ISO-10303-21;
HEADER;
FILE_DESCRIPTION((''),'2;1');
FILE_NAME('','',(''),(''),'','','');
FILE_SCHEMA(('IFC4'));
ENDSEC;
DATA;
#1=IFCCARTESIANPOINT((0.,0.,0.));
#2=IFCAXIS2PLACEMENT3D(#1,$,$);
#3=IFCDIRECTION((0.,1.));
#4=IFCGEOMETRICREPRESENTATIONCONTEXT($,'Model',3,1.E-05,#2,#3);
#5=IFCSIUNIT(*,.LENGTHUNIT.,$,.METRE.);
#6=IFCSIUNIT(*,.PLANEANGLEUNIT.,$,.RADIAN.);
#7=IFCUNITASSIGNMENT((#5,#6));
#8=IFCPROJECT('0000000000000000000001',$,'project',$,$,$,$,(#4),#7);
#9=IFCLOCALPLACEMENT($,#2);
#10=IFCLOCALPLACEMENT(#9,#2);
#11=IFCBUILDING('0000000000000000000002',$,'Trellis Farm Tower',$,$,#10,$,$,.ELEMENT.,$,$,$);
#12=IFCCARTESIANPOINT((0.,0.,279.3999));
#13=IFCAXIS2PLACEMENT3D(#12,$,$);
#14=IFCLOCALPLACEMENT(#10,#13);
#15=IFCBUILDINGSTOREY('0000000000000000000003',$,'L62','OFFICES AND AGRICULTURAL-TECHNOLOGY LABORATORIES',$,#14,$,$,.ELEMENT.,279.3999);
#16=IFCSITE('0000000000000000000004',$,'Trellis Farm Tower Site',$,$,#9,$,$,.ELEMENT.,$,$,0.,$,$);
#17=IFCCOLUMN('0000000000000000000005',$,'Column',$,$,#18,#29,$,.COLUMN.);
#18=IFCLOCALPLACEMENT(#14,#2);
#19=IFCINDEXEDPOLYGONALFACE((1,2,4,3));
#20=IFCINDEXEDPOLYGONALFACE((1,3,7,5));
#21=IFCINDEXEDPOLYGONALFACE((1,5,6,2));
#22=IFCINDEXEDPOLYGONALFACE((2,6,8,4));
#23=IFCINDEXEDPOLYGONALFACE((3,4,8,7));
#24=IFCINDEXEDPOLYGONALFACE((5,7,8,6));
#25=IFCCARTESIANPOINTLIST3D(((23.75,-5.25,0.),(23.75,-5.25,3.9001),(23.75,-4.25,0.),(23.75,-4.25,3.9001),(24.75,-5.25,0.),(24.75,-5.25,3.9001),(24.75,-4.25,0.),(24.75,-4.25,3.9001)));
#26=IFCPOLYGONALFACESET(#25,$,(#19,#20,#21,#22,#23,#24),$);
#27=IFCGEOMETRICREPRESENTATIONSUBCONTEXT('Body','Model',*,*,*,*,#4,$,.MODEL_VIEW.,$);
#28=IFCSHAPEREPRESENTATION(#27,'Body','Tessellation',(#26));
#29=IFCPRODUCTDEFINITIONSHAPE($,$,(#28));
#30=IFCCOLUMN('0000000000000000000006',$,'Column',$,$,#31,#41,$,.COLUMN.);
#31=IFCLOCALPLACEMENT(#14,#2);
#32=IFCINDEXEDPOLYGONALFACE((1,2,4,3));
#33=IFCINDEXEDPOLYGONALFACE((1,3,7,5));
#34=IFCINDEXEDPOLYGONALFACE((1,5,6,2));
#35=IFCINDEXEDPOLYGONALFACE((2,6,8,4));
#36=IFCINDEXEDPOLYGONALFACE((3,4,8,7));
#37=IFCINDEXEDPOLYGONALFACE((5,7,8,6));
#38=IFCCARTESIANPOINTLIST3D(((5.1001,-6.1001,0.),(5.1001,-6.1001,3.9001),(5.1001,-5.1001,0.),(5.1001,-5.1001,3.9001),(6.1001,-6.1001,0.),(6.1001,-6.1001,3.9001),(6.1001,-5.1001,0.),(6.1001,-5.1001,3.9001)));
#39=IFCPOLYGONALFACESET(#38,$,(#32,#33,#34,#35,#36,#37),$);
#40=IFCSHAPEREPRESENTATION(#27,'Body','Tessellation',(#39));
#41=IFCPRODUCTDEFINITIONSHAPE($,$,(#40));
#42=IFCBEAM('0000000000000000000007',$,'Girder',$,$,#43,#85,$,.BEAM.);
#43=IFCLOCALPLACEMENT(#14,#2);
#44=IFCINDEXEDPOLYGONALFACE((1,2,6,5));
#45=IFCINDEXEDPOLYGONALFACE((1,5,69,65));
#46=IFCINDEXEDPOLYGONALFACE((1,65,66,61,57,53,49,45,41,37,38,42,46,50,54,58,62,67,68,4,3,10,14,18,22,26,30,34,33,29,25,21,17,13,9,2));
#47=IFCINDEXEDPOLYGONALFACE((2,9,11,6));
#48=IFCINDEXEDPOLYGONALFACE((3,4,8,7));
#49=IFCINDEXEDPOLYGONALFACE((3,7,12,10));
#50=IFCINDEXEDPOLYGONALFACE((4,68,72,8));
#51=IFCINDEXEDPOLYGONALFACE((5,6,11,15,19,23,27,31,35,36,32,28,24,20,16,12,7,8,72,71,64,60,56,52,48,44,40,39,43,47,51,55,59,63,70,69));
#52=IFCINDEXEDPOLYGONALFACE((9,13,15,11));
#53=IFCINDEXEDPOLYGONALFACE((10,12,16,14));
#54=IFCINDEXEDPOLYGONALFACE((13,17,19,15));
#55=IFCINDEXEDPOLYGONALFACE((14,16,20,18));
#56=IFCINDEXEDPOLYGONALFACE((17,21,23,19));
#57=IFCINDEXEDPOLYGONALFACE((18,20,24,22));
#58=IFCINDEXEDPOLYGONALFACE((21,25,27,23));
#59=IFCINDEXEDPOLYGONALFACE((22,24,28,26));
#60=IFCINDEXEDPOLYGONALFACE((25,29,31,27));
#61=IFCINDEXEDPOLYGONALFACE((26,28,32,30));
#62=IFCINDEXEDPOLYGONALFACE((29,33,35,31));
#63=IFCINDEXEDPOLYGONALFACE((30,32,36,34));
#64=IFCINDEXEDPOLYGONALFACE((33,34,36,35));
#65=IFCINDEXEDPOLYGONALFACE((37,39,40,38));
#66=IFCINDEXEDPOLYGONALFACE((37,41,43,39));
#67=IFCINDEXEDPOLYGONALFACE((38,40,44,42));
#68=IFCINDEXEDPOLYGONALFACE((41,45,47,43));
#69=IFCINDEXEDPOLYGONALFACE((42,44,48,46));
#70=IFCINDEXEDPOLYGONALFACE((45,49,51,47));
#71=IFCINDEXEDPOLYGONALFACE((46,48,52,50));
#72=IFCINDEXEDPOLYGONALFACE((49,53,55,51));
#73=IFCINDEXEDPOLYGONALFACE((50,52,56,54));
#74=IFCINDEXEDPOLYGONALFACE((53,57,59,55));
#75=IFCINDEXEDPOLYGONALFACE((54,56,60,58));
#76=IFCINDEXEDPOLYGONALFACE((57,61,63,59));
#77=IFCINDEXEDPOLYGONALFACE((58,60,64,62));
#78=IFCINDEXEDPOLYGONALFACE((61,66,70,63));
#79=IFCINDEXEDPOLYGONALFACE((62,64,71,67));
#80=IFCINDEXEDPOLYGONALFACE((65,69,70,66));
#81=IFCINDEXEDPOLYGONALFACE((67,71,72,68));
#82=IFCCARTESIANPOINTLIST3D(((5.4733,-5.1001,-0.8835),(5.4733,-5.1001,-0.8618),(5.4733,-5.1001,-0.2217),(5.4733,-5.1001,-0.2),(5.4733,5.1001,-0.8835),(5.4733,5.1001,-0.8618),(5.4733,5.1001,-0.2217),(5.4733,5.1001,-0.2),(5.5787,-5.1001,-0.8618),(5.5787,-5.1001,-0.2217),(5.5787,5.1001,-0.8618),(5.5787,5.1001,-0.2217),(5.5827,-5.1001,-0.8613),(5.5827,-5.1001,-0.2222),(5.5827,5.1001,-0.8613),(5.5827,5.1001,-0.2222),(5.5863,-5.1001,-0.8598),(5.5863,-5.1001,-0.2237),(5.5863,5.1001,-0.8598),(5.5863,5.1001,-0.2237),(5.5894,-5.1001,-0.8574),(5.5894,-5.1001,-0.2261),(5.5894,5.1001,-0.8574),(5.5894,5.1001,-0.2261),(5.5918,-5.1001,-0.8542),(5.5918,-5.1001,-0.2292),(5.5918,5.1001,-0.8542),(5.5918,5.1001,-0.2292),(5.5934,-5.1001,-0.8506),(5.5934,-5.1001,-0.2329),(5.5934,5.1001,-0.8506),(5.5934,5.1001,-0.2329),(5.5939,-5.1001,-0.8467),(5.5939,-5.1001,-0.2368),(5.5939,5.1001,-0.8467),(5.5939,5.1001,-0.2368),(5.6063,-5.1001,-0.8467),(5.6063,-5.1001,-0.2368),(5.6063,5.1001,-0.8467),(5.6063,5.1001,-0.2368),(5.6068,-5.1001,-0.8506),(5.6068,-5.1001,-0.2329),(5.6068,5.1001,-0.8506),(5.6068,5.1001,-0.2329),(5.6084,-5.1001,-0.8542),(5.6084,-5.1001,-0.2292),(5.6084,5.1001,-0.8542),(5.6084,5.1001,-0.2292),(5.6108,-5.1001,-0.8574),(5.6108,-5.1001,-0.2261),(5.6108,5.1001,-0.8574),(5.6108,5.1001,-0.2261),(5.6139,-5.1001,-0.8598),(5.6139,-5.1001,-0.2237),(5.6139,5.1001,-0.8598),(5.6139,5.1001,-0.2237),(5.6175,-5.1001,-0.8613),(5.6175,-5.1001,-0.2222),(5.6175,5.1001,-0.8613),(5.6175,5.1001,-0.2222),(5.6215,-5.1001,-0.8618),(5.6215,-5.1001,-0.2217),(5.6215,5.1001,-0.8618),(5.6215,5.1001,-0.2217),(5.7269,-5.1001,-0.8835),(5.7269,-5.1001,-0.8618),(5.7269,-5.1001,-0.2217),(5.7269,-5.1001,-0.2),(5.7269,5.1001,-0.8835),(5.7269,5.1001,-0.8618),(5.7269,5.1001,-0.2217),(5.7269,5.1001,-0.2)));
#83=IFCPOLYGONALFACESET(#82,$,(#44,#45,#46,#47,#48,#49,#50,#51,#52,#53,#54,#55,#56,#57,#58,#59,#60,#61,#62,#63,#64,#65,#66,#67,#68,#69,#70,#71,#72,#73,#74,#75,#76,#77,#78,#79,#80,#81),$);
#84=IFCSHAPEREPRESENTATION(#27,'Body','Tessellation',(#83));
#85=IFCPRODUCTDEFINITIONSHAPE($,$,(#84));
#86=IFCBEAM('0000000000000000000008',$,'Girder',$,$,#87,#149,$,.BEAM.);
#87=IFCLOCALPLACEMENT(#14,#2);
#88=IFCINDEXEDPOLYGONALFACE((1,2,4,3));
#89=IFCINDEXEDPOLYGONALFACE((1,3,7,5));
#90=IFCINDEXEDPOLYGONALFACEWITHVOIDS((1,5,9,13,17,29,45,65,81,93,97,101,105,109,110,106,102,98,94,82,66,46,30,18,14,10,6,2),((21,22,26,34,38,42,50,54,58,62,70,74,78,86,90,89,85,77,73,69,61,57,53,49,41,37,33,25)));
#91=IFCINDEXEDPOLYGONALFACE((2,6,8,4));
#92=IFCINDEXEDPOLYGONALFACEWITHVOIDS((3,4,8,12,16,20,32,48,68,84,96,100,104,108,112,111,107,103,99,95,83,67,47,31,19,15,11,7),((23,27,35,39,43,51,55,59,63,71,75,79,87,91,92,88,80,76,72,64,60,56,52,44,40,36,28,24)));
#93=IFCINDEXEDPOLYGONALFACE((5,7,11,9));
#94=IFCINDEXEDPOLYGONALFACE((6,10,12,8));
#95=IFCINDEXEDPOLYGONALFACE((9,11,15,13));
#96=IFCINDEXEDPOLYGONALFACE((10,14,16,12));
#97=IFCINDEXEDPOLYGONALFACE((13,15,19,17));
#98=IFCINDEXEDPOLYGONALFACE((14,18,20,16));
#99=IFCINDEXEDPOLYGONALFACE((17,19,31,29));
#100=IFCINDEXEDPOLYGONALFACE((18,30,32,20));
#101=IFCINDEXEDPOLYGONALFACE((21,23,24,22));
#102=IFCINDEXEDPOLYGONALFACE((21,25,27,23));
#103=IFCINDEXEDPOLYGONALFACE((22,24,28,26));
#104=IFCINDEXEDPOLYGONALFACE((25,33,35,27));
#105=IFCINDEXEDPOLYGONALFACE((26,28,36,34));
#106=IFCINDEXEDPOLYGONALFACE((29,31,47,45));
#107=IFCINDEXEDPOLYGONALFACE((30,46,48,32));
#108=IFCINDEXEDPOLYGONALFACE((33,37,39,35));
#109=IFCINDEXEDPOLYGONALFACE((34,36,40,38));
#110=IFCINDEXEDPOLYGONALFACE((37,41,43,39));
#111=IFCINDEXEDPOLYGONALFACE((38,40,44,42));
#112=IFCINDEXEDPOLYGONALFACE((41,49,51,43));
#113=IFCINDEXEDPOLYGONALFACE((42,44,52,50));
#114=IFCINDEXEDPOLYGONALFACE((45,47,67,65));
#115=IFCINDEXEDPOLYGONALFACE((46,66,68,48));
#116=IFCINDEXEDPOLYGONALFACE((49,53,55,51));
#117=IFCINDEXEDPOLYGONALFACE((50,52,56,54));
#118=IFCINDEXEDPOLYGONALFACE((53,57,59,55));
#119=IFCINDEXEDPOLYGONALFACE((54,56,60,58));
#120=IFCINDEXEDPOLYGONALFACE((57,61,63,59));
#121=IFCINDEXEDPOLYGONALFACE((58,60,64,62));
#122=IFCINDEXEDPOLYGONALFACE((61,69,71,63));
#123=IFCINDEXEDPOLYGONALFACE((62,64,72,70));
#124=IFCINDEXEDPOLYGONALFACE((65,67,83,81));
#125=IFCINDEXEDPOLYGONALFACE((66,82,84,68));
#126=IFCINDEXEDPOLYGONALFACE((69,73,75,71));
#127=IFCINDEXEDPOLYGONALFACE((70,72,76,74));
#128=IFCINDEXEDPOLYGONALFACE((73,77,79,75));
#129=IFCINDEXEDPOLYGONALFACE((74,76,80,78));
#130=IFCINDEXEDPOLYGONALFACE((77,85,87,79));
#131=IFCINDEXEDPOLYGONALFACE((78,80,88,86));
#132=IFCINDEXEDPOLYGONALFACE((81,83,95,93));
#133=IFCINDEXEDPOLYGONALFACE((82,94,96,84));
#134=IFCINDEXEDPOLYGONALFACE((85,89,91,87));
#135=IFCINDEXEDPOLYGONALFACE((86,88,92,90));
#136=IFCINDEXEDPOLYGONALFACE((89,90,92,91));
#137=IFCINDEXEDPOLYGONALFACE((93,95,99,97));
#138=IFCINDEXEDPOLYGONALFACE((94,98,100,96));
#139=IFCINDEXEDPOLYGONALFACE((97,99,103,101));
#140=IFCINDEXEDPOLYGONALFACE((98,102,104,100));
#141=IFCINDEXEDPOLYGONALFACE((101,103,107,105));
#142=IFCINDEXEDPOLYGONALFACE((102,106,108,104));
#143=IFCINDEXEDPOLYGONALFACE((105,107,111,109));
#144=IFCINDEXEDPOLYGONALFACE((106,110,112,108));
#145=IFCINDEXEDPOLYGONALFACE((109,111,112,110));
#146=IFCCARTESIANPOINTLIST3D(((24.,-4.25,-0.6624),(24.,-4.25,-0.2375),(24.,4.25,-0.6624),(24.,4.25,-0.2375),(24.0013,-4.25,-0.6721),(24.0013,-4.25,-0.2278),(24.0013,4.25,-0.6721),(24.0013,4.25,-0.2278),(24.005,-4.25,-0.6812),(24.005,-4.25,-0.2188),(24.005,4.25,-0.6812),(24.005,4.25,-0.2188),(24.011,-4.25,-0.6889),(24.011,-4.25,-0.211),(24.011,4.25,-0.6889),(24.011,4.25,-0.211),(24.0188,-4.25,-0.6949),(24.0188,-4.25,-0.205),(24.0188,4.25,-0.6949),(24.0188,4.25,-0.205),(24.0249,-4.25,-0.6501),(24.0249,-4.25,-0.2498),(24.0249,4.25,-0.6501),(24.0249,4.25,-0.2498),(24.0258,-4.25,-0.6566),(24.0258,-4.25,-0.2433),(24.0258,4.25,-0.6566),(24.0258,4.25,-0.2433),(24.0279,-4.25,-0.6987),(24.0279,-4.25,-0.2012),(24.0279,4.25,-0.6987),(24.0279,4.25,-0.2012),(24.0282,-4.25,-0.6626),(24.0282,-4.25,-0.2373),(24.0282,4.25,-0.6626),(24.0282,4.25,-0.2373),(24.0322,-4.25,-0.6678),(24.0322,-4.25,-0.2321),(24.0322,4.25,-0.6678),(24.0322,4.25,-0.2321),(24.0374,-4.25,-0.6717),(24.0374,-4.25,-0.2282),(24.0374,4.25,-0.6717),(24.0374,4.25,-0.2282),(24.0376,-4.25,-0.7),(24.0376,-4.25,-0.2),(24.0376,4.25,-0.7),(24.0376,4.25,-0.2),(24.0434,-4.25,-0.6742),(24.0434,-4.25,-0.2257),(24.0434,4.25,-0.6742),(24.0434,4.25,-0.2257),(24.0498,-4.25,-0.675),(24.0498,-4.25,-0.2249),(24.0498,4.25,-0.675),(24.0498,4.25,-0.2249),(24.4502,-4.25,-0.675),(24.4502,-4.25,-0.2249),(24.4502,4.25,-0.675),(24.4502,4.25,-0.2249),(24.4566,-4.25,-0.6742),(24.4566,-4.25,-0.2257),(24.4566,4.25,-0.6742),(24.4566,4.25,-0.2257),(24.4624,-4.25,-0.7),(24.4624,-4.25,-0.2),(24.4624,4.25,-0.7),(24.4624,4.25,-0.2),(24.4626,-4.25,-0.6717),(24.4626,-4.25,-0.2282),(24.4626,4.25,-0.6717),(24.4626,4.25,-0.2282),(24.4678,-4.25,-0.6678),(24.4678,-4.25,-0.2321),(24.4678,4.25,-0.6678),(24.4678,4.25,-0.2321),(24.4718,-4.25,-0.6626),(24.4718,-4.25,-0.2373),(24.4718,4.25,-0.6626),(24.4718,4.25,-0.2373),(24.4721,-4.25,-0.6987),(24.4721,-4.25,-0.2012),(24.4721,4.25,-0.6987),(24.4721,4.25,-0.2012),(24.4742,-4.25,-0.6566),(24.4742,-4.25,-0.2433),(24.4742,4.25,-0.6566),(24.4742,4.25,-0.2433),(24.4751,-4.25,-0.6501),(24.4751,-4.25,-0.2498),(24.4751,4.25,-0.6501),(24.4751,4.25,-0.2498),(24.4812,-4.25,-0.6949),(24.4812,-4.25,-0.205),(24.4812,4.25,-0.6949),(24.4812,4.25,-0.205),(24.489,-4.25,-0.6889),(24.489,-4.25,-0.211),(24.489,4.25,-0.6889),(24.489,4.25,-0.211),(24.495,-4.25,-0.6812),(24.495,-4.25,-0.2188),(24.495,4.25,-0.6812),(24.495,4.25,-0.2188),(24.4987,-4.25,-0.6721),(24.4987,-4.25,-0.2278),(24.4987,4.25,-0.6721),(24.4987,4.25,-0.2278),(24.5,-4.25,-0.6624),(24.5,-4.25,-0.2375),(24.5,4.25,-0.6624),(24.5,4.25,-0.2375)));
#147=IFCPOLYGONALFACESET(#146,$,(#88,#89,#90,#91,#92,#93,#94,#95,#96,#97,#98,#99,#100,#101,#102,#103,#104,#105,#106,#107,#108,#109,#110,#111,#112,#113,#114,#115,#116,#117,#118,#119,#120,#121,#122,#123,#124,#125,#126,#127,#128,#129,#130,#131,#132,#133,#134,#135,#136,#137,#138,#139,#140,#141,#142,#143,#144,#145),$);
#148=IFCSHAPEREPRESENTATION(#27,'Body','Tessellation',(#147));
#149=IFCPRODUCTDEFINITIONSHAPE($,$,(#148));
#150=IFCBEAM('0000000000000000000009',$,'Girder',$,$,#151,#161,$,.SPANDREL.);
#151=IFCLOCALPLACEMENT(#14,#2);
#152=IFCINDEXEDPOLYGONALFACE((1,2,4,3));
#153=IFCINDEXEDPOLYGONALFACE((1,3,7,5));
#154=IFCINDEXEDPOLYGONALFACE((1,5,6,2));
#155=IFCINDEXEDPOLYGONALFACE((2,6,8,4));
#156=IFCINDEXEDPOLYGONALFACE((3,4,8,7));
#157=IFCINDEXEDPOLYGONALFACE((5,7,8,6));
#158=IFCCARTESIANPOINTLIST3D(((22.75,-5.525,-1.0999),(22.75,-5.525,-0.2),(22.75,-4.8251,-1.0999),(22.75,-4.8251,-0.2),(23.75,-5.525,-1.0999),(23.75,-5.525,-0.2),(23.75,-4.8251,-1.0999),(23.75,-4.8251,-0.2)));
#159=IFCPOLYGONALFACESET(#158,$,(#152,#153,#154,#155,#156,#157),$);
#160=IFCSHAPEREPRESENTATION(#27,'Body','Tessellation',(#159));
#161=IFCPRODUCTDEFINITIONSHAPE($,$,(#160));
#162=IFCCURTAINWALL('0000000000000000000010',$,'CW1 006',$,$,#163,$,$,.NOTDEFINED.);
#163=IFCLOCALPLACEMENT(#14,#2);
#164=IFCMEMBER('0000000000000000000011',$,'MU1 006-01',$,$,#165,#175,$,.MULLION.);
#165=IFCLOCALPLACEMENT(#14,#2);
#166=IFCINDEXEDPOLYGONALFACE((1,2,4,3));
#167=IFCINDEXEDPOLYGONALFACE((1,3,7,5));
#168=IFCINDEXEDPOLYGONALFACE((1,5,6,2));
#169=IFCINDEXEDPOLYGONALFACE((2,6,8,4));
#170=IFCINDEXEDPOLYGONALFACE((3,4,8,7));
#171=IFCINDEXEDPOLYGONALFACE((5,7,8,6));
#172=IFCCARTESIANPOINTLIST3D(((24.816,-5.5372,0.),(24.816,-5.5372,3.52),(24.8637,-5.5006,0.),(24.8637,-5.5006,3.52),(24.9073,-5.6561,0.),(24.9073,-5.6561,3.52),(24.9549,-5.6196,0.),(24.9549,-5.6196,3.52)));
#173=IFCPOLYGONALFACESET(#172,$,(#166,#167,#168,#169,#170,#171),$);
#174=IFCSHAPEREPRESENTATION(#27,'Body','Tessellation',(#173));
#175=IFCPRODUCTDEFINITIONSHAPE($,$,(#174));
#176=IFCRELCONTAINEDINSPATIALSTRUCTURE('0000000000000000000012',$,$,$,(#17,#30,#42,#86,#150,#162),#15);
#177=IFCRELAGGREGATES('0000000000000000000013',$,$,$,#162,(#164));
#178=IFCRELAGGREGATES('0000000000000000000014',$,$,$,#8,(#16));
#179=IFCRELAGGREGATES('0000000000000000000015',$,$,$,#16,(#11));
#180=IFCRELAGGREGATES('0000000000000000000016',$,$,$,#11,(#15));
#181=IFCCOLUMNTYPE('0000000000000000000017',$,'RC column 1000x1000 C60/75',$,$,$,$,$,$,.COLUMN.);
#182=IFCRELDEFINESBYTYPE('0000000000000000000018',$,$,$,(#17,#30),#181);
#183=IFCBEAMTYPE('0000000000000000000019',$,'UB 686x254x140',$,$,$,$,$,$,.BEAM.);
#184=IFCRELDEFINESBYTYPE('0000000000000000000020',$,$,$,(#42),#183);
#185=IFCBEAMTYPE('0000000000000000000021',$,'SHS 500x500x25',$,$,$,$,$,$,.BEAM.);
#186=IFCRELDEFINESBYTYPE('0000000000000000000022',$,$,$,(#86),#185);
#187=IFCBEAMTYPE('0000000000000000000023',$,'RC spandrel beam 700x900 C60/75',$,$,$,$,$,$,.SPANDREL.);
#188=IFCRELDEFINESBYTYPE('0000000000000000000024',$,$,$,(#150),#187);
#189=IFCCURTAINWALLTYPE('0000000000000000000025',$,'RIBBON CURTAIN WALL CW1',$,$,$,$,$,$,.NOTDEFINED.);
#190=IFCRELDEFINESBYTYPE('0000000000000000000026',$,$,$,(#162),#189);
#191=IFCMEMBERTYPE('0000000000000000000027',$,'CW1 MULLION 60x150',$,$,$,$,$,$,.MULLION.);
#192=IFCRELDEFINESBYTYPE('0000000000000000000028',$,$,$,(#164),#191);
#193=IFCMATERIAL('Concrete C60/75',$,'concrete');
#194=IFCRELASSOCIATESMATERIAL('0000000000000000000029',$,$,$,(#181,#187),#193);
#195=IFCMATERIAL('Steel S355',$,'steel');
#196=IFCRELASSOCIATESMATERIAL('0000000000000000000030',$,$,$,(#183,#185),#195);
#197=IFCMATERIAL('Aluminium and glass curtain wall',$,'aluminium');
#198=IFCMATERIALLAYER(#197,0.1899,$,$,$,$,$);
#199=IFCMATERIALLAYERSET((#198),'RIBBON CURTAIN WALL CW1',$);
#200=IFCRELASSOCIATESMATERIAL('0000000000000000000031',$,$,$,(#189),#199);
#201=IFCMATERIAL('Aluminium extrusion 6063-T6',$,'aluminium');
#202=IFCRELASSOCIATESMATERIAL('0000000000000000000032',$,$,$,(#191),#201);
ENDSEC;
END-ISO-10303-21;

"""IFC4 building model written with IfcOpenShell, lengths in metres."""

from ifc_helpers import new_model, si_unit, direction, frame, origin, origin_2d, place, context, subcontext, project, spatial, rectangle, hollow_rectangle, i_section, extrude, source, transform, mapped, material, layer, layer_set, material_profile, profile_set, type_object, element, aggregate, save


model = new_model("IFC4")

# Units and contexts
model_context = context("Model", 3, precision=1e-05, world=origin(), true_north=direction((0.0, 1.0)))
body_context = subcontext(model_context, "Body", "Model", "MODEL_VIEW")
ifc_project = project(units=[si_unit("LENGTHUNIT", "METRE"), si_unit("PLANEANGLEUNIT", "RADIAN")], contexts=[model_context])

# Site, building, storey
site_placement = place(None, origin())
site = spatial("IfcSite", under=ifc_project, at=site_placement, Name="Trellis Farm Tower Site", CompositionType="ELEMENT", RefElevation=0.0)
building_placement = place(site_placement, origin())
building = spatial("IfcBuilding", under=site, at=building_placement, Name="Trellis Farm Tower", CompositionType="ELEMENT")
storey_placement = place(building_placement, frame((0.0, 0.0, 279.3999)))
storey = spatial("IfcBuildingStorey", under=building, at=storey_placement, Name="L62", Description="OFFICES AND AGRICULTURAL-TECHNOLOGY LABORATORIES", CompositionType="ELEMENT", Elevation=279.3999)

# Columns
ifc_material_1 = material(Name="Concrete C60/75", Category="concrete")
ifc_material_profile_1 = material_profile(ifc_material_1, rectangle(XDim=1.0, YDim=1.0, at=origin_2d()), Name="RC column 1000x1000 C60/75")
ifc_profile_set_1 = profile_set([ifc_material_profile_1], Name="Concrete C60/75")
column_type = type_object("IfcColumnType", Name="RC column 1000x1000 C60/75", PredefinedType="COLUMN", material=ifc_profile_set_1)
shared_shape_1 = source(origin(), body_context, "Body", "SweptSolid", [
    extrude(rectangle(XDim=1.0, YDim=1.0, at=origin_2d()), origin(), (0.0, 0.0, 1.0), 3.9001),
])
for number, where, z_axis, x_axis, name in (
    (1, (24.25, -4.75, 0.0), (0.0, 0.0, 1.0), (1.0, 0.0, 0.0), "Column"),
    (2, (5.6001, -5.6001, 0.0), (0.0, 0.0, 1.0), (1.0, 0.0, 0.0), "Column"),
):
    element("IfcColumn", number, at=place(storey_placement, frame(where, z_axis=z_axis, x_axis=x_axis)), inside=storey, type_object=column_type, Name=name, PredefinedType="COLUMN", context=body_context, shape_type="MappedRepresentation", body=[
        mapped(shared_shape_1, transform((0.0, 0.0, 0.0))),
    ])

# Beams
ifc_material_2 = material(Name="Steel S355", Category="steel")
ifc_material_profile_2 = material_profile(ifc_material_2, i_section(OverallWidth=0.2537, OverallDepth=0.6836, WebThickness=0.0125, FlangeThickness=0.0217, FilletRadius=0.0151, at=origin_2d()), Name="UB 686x254x140")
ifc_profile_set_2 = profile_set([ifc_material_profile_2], Name="Steel S355")
beam_type_1 = type_object("IfcBeamType", Name="UB 686x254x140", PredefinedType="BEAM", material=ifc_profile_set_2)
shared_shape_2 = source(origin(), body_context, "Body", "SweptSolid", [
    extrude(i_section(OverallWidth=0.2537, OverallDepth=0.6836, WebThickness=0.0125, FlangeThickness=0.0217, FilletRadius=0.0151, at=origin_2d()), origin(), (0.0, 0.0, 1.0), 10.2002),
])
beam_1_placement = place(storey_placement, frame((5.6001, -5.1001, -0.5417), z_axis=(0.0, 1.0, 0.0), x_axis=(-1.0, 0.0, 0.0)))
element("IfcBeam", 3, at=beam_1_placement, inside=storey, type_object=beam_type_1, Name="Girder", PredefinedType="BEAM", context=body_context, shape_type="MappedRepresentation", body=[
    mapped(shared_shape_2, transform((0.0, 0.0, 0.0))),
])
ifc_material_profile_3 = material_profile(ifc_material_2, hollow_rectangle(XDim=0.5, YDim=0.5, WallThickness=0.0249, InnerFilletRadius=0.0249, OuterFilletRadius=0.0376, at=origin_2d()), Name="SHS 500x500x25")
ifc_profile_set_3 = profile_set([ifc_material_profile_3], Name="Steel S355")
beam_type_2 = type_object("IfcBeamType", Name="SHS 500x500x25", PredefinedType="BEAM", material=ifc_profile_set_3)
shared_shape_3 = source(origin(), body_context, "Body", "SweptSolid", [
    extrude(hollow_rectangle(XDim=0.5, YDim=0.5, WallThickness=0.0249, InnerFilletRadius=0.0249, OuterFilletRadius=0.0376, at=origin_2d()), origin(), (0.0, 0.0, 1.0), 8.5),
])
beam_2_placement = place(storey_placement, frame((24.25, -4.25, -0.45), z_axis=(0.0, 1.0, 0.0), x_axis=(-1.0, 0.0, 0.0)))
element("IfcBeam", 4, at=beam_2_placement, inside=storey, type_object=beam_type_2, Name="Girder", PredefinedType="BEAM", context=body_context, shape_type="MappedRepresentation", body=[
    mapped(shared_shape_3, transform((0.0, 0.0, 0.0))),
])
ifc_material_profile_4 = material_profile(ifc_material_1, rectangle(XDim=0.7, YDim=0.8999, at=origin_2d()), Name="RC spandrel beam 700x900 C60/75")
ifc_profile_set_4 = profile_set([ifc_material_profile_4], Name="Concrete C60/75")
beam_type_3 = type_object("IfcBeamType", Name="RC spandrel beam 700x900 C60/75", PredefinedType="SPANDREL", material=ifc_profile_set_4)
shared_shape_4 = source(origin(), body_context, "Body", "SweptSolid", [
    extrude(rectangle(XDim=0.7, YDim=0.8999, at=origin_2d()), origin(), (0.0, 0.0, 1.0), 1.0),
])
beam_3_placement = place(storey_placement, frame((22.75, -5.175, -0.6499), z_axis=(1.0, 0.0, 0.0), x_axis=(0.0, 1.0, 0.0)))
element("IfcBeam", 5, at=beam_3_placement, inside=storey, type_object=beam_type_3, Name="Girder", PredefinedType="SPANDREL", context=body_context, shape_type="MappedRepresentation", body=[
    mapped(shared_shape_4, transform((0.0, 0.0, 0.0))),
])

# Curtain wall, member
ifc_material_3 = material(Name="Aluminium and glass curtain wall", Category="aluminium")
ifc_layer_1 = layer(ifc_material_3, 0.1899)
ifc_layer_set_1 = layer_set([ifc_layer_1], Name="RIBBON CURTAIN WALL CW1")
curtain_wall_type = type_object("IfcCurtainWallType", Name="RIBBON CURTAIN WALL CW1", PredefinedType="NOTDEFINED", material=ifc_layer_set_1)
placement = place(storey_placement, origin())
curtain_wall = element("IfcCurtainWall", 6, at=placement, inside=storey, type_object=curtain_wall_type, Name="CW1 006", PredefinedType="NOTDEFINED")
ifc_material_4 = material(Name="Aluminium extrusion 6063-T6", Category="aluminium")
ifc_material_profile_5 = material_profile(ifc_material_4, rectangle(XDim=0.0601, YDim=0.1499, at=origin_2d()), Name="MULLION 60x150")
ifc_profile_set_5 = profile_set([ifc_material_profile_5], Name="Aluminium extrusion 6063-T6")
member_type = type_object("IfcMemberType", Name="CW1 MULLION 60x150", PredefinedType="MULLION", material=ifc_profile_set_5)
shared_shape_5 = source(origin(), body_context, "Body", "SweptSolid", [
    extrude(rectangle(XDim=0.0601, YDim=0.1499, at=origin_2d()), origin(), (0.0, 0.0, 1.0), 3.52),
])
member_placement = place(storey_placement, frame((24.8855, -5.5784, 0.0), z_axis=(0.0, 0.0, 1.0), x_axis=(0.793353, 0.608761, 0.0)))
member = element("IfcMember", 7, at=member_placement, type_object=member_type, Name="MU1 006-01", PredefinedType="MULLION", context=body_context, shape_type="MappedRepresentation", body=[
    mapped(shared_shape_5, transform((0.0, 0.0, 0.0))),
])
aggregate(curtain_wall, [member])

save(model, "model.ifc")
